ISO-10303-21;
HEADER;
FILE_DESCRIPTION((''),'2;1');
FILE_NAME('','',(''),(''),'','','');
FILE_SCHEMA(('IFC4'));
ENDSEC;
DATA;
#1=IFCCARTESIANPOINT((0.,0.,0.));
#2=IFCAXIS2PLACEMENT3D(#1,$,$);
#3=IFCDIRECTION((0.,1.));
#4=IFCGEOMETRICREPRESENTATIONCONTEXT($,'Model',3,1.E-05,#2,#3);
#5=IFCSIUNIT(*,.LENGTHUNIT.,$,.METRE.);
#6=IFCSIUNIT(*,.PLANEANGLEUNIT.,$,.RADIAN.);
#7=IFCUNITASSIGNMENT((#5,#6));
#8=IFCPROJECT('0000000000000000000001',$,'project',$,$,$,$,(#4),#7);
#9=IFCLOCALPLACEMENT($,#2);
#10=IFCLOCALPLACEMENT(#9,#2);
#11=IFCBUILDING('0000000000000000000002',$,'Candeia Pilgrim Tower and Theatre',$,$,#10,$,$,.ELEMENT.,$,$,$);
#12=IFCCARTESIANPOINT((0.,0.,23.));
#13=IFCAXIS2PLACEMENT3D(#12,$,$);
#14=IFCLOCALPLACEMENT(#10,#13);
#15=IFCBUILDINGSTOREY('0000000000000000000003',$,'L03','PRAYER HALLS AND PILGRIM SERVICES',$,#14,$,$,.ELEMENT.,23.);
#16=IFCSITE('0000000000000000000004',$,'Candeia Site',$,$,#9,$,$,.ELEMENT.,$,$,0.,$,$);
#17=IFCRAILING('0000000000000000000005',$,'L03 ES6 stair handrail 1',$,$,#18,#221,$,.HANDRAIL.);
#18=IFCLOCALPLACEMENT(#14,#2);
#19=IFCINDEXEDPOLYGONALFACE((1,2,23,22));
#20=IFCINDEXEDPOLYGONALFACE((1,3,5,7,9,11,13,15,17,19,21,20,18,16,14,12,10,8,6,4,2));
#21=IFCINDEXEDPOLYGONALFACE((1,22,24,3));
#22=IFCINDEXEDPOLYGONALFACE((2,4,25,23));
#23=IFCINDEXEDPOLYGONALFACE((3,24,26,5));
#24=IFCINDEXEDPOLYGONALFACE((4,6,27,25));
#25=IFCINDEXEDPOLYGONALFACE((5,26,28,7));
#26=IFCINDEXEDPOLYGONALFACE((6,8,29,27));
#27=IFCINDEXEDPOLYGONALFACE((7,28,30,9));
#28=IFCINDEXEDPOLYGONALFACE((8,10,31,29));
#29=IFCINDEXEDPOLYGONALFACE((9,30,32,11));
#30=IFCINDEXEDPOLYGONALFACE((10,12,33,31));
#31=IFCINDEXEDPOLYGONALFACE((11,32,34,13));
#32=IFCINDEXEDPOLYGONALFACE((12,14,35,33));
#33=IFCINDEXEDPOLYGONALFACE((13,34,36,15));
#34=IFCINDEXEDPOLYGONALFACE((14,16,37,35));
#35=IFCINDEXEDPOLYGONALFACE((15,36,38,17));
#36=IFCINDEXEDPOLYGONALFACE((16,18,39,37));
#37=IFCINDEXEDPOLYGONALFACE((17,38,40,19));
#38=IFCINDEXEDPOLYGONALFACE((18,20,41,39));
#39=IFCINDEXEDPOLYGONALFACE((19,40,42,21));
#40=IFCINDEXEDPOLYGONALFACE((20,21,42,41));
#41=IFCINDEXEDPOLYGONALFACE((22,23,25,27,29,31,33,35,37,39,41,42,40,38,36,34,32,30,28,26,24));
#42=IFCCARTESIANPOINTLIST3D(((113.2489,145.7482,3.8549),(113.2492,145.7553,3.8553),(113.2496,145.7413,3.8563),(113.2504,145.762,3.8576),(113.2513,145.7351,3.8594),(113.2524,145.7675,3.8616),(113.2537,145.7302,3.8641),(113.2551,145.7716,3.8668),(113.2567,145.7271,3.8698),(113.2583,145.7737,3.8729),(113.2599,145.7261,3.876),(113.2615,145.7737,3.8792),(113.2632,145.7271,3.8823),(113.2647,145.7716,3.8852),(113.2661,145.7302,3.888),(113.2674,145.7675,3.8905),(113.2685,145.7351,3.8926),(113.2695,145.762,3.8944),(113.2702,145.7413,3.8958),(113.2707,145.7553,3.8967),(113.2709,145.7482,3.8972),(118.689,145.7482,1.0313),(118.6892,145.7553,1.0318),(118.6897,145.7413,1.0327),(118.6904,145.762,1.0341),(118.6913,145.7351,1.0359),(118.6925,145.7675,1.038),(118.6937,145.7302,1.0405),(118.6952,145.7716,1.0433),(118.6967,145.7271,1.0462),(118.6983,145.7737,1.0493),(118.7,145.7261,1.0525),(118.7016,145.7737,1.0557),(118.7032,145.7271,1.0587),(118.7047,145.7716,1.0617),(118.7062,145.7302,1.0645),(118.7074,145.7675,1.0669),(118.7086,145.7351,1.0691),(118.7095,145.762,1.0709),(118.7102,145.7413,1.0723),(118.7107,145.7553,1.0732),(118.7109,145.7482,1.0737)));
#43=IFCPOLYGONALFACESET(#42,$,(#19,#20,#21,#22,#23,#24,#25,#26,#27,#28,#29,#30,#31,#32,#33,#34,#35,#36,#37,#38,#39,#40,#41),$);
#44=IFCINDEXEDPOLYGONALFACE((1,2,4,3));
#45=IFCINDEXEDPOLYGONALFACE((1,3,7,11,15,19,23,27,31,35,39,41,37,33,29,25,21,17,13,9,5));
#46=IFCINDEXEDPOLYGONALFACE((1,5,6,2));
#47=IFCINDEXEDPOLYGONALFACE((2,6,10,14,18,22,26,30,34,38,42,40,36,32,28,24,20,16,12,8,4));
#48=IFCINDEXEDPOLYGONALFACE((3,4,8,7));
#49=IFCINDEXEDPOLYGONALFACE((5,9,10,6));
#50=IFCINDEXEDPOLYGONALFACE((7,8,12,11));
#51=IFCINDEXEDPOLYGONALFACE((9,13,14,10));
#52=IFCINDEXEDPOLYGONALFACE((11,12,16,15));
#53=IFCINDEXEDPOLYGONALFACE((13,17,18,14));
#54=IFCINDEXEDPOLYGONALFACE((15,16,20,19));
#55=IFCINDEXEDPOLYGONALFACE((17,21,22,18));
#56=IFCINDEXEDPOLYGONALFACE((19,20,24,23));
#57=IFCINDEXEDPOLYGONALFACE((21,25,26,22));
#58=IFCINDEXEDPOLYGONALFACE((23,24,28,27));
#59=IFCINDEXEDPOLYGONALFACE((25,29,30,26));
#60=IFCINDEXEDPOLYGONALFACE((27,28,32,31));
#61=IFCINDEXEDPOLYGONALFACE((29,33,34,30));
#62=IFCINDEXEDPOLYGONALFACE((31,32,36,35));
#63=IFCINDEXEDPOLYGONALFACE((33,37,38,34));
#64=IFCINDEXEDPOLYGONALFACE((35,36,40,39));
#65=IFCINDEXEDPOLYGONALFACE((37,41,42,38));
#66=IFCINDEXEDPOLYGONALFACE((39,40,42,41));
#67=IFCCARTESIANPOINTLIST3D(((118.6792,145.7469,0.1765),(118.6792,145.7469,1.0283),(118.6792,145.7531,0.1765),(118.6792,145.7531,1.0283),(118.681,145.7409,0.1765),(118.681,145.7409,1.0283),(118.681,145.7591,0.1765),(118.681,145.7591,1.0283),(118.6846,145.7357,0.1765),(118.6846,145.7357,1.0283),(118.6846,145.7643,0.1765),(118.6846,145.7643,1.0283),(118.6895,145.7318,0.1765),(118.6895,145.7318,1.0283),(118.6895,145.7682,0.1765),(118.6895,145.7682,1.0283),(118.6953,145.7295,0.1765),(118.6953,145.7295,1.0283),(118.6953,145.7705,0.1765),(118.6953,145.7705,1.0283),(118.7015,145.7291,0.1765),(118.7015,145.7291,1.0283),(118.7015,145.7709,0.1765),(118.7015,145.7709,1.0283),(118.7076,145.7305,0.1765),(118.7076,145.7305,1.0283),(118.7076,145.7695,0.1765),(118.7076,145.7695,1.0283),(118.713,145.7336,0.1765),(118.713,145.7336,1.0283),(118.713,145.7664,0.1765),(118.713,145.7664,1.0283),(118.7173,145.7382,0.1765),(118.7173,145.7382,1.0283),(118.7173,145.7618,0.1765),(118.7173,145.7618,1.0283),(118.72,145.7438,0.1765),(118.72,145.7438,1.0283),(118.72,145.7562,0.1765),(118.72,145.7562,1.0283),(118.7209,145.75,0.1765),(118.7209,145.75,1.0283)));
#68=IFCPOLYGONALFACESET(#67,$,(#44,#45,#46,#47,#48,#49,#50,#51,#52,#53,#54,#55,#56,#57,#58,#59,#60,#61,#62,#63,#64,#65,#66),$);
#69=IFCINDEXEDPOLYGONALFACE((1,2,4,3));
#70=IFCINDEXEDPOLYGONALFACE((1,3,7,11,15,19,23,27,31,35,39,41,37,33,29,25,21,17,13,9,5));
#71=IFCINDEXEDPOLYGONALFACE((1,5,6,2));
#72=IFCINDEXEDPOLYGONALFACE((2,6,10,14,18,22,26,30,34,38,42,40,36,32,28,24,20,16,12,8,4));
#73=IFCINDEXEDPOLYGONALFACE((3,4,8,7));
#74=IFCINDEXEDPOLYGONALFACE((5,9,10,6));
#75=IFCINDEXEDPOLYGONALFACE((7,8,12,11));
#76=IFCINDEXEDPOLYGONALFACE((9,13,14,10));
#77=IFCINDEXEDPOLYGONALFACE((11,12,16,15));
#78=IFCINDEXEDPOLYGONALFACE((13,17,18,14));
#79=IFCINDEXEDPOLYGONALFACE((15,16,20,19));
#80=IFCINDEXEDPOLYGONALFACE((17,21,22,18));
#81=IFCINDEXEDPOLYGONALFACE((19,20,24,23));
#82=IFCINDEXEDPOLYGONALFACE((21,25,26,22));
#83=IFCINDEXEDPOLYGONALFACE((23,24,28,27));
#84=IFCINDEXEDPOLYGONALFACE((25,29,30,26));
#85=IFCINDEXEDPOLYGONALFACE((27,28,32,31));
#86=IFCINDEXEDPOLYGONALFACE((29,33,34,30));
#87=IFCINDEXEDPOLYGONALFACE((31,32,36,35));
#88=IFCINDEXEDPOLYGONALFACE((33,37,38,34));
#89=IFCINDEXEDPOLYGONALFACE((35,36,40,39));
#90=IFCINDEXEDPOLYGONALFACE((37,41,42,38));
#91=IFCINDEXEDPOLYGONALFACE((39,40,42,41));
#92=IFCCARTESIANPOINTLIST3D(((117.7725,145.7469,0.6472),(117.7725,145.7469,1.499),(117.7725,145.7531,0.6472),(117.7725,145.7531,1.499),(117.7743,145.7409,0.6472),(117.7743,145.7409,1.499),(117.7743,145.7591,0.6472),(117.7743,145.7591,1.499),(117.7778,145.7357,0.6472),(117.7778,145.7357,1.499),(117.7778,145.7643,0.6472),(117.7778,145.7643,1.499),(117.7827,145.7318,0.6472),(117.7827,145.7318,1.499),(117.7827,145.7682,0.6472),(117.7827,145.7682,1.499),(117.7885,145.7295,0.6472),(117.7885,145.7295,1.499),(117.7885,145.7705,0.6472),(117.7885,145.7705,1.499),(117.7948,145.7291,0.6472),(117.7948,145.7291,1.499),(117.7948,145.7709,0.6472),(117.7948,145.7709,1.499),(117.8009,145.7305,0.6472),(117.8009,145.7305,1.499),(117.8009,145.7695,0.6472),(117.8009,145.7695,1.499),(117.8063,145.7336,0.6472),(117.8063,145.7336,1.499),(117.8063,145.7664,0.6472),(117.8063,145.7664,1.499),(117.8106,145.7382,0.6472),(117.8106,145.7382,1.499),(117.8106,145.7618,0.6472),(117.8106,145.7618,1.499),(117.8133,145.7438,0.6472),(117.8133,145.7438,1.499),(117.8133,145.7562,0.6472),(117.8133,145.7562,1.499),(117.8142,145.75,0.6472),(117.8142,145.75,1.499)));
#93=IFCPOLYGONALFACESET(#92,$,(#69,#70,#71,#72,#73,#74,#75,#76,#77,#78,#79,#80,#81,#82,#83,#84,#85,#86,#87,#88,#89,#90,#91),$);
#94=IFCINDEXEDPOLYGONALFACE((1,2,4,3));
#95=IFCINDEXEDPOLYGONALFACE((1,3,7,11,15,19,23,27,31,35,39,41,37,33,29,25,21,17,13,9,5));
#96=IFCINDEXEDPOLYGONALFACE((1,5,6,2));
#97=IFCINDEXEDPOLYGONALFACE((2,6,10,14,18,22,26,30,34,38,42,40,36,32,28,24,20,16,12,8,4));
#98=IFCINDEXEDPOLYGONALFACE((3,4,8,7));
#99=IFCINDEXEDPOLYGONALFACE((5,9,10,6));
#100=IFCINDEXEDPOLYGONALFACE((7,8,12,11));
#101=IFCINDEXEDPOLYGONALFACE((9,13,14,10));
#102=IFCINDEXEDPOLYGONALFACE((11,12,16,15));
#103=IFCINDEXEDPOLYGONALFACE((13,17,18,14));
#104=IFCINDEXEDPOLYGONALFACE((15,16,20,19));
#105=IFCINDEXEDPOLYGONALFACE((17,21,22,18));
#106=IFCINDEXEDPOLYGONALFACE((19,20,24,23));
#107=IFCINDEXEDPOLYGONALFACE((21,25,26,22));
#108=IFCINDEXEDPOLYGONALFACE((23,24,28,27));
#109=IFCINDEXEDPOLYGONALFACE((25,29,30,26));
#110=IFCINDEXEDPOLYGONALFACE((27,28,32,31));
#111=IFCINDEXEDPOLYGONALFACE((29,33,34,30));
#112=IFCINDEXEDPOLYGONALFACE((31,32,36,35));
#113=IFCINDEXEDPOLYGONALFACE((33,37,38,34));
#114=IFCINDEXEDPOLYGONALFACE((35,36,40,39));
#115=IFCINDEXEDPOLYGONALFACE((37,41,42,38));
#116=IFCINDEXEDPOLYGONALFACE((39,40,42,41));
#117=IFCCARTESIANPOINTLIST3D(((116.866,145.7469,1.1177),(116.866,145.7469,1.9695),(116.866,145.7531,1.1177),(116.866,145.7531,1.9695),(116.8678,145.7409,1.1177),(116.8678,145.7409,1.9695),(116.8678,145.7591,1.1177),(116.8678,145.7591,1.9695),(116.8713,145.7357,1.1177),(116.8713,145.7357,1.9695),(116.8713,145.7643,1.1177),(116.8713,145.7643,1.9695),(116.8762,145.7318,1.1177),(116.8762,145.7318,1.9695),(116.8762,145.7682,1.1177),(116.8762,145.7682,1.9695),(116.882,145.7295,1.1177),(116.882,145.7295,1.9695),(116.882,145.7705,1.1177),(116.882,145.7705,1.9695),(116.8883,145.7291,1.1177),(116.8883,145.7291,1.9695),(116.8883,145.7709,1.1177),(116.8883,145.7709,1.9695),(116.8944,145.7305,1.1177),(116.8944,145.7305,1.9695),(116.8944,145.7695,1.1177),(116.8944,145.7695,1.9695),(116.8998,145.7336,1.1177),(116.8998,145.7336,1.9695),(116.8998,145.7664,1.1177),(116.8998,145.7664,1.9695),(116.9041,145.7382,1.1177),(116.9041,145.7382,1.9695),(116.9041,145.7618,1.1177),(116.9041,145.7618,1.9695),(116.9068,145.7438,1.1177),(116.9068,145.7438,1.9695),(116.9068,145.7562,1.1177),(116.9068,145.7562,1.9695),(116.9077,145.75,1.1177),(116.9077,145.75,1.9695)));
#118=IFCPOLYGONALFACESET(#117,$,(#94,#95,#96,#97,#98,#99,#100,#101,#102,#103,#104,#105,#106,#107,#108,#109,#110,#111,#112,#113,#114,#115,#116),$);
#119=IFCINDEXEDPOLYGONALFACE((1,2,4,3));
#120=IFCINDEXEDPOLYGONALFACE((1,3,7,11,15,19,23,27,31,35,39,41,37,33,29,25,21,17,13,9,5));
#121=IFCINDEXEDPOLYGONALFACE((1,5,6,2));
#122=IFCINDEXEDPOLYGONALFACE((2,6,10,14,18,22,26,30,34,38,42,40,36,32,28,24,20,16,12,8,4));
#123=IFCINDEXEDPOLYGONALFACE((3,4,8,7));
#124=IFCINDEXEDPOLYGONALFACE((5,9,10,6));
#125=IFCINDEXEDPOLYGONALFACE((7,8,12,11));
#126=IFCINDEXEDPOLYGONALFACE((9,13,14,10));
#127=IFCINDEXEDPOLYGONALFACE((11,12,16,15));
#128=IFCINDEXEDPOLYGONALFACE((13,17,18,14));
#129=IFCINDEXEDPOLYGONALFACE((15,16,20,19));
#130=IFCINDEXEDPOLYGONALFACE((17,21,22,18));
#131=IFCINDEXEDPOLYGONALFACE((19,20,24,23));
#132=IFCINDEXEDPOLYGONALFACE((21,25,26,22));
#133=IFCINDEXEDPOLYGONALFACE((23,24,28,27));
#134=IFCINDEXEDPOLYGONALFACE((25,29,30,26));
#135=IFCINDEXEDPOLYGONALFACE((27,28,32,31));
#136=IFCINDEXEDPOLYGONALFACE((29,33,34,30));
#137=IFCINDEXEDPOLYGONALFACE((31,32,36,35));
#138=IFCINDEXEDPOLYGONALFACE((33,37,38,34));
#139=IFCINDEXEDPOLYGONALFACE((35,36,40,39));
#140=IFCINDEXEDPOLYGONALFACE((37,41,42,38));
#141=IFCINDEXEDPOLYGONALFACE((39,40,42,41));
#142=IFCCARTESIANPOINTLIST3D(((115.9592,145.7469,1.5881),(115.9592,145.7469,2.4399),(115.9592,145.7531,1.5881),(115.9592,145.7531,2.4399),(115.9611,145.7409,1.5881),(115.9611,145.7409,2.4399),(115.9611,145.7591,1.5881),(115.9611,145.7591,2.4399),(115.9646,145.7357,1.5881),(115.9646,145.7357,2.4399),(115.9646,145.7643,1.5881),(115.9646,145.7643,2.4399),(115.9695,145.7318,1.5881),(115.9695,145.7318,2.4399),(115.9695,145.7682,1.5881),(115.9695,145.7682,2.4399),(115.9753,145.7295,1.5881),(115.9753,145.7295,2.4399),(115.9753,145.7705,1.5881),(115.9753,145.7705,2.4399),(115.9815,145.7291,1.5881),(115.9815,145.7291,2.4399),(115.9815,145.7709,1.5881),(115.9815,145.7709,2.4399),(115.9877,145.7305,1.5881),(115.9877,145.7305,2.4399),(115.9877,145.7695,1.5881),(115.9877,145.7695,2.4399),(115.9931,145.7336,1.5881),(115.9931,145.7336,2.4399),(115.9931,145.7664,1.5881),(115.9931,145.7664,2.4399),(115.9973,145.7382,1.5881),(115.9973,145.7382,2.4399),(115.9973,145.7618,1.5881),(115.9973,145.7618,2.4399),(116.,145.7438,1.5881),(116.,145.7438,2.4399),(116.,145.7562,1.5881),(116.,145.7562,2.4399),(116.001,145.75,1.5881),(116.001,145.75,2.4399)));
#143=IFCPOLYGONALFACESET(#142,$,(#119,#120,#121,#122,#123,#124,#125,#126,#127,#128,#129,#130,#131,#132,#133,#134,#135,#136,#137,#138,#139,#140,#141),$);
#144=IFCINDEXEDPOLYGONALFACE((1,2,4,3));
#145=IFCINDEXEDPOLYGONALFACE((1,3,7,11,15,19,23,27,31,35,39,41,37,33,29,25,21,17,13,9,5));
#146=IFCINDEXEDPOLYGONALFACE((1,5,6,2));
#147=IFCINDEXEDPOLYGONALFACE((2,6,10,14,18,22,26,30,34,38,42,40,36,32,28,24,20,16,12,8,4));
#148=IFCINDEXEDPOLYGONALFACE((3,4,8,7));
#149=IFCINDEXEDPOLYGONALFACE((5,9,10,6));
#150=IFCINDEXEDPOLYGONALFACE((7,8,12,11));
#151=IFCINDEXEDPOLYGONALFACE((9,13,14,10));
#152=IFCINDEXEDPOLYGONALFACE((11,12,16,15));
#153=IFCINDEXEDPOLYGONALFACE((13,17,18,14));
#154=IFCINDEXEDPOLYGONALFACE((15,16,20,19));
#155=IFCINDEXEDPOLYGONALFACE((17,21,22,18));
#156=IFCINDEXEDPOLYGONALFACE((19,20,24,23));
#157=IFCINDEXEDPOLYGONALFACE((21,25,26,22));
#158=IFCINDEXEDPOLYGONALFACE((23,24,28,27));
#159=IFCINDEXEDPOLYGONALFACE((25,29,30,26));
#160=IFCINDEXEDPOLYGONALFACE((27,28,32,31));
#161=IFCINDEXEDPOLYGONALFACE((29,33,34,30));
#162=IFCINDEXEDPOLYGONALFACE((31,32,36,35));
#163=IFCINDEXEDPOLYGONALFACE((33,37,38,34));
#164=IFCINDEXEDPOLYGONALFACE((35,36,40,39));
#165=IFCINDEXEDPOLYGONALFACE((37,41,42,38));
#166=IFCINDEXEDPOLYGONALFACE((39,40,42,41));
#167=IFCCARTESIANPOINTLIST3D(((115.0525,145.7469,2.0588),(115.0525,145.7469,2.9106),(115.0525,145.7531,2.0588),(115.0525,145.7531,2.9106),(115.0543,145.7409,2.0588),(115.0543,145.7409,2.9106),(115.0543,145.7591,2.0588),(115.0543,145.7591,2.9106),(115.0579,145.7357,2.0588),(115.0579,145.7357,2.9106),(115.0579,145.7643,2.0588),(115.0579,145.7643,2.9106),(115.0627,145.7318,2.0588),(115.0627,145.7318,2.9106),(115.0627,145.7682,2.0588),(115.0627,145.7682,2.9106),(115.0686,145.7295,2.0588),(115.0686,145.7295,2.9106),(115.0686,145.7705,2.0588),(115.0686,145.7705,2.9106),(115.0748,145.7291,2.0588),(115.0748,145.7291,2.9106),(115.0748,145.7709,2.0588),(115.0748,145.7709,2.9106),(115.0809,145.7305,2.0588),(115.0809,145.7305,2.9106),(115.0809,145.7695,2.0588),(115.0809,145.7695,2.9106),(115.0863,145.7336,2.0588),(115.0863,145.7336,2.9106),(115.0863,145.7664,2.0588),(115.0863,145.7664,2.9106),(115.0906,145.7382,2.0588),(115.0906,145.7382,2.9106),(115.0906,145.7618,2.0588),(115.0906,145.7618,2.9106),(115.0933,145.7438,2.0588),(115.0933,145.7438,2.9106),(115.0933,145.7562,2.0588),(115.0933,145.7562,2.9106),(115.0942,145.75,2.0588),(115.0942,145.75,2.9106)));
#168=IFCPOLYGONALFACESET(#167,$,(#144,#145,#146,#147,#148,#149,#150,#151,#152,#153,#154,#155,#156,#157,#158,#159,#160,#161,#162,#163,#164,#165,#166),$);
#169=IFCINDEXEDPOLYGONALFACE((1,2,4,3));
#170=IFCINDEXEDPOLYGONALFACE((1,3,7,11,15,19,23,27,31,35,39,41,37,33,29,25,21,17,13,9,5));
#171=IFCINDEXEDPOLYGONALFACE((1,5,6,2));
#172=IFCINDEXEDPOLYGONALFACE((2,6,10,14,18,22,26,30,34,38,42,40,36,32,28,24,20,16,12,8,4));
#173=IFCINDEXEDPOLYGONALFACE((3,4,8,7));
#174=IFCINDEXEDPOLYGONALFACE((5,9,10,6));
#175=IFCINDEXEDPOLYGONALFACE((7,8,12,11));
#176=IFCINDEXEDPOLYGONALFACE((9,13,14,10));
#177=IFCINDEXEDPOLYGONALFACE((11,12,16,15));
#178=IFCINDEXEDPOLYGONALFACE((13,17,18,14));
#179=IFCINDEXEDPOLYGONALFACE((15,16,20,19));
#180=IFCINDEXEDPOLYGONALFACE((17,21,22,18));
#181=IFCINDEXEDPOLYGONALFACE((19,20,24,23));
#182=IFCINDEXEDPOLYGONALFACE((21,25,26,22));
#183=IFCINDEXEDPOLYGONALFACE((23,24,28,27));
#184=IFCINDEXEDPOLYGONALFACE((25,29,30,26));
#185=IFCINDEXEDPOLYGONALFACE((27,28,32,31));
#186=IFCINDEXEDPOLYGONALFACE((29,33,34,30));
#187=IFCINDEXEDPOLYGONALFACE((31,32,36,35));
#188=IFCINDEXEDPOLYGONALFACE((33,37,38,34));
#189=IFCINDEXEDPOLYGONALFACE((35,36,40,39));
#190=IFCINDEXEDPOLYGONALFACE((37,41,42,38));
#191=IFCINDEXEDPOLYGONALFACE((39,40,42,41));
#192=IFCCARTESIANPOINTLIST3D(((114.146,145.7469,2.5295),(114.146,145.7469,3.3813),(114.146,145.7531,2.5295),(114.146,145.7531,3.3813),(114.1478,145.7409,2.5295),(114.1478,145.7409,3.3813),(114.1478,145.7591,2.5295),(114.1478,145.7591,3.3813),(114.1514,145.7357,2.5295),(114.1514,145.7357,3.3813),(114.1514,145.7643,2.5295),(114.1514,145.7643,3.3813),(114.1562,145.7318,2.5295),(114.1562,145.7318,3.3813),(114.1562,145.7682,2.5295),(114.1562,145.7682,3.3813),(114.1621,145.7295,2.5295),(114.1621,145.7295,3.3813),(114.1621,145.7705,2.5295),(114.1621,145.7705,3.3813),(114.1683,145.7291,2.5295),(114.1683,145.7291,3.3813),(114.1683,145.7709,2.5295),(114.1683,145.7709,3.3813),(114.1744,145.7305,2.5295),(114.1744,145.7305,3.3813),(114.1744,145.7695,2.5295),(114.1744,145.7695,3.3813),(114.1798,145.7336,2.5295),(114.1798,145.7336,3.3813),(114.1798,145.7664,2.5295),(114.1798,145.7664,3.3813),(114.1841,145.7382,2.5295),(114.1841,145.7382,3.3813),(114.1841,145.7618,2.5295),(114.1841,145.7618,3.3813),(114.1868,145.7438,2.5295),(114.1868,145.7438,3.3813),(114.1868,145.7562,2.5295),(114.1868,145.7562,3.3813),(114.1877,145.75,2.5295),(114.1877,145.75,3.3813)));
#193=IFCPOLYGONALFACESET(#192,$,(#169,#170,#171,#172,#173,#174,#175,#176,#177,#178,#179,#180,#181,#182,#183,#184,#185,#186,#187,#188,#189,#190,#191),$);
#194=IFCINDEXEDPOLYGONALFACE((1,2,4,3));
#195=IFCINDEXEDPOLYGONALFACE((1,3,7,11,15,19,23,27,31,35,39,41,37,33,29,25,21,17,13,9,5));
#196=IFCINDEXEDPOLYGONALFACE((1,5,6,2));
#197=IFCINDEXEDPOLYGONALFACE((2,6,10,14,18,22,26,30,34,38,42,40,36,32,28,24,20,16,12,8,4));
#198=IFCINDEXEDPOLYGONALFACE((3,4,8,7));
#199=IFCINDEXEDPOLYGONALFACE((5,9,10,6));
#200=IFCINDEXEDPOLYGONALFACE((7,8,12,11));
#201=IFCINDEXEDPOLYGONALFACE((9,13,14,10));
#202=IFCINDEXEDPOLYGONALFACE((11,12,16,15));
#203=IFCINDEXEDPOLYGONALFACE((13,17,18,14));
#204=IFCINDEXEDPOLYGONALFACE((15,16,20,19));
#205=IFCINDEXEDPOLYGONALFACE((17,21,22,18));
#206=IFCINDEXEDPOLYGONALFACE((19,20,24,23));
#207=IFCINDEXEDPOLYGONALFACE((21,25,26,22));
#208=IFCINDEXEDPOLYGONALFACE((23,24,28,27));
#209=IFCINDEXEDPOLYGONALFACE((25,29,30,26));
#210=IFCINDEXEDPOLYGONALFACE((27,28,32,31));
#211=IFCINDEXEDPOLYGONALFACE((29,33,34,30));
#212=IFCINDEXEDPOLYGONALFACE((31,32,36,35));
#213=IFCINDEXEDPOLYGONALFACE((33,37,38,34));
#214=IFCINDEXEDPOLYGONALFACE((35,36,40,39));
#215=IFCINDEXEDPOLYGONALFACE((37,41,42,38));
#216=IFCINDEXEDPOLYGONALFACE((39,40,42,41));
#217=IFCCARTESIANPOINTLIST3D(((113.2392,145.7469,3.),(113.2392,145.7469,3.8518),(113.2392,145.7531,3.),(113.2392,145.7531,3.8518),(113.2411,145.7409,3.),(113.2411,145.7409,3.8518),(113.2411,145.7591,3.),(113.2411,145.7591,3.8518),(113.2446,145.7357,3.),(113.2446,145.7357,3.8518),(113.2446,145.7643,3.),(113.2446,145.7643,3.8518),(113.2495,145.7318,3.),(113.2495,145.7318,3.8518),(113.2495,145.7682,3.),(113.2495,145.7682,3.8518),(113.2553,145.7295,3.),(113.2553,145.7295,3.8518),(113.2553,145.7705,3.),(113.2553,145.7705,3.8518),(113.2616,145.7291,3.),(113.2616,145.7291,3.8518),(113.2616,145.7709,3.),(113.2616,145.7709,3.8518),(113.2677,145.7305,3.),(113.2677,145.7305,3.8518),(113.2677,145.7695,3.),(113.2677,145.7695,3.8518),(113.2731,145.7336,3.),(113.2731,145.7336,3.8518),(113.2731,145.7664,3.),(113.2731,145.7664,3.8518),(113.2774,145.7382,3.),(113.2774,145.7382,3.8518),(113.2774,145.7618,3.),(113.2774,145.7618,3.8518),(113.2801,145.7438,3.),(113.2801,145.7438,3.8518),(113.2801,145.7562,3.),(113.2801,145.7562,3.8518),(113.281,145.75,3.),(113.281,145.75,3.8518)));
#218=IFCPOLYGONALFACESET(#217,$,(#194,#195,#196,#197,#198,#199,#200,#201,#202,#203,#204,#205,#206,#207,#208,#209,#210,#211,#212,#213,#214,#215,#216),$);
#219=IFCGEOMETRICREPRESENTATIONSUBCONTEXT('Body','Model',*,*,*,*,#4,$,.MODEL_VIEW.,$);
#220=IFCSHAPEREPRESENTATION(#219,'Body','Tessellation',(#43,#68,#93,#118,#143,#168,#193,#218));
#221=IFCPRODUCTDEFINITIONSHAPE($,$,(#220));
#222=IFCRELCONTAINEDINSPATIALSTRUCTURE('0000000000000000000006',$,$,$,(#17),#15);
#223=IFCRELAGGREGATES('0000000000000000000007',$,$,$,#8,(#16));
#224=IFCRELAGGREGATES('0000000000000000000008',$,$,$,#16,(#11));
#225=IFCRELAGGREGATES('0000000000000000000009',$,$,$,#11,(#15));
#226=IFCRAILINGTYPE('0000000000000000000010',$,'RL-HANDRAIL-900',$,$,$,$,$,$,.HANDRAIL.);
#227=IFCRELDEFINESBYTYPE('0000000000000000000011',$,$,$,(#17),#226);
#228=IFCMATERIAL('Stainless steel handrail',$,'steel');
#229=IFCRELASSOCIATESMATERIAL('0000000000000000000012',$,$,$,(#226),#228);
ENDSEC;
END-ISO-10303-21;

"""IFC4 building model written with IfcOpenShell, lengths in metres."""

from ifc_helpers import new_model, si_unit, direction, frame, origin, origin_2d, place, context, subcontext, project, spatial, circle, extrude, material, type_object, element, save


model = new_model("IFC4")

# Units and contexts
model_context = context("Model", 3, precision=1e-05, world=origin(), true_north=direction((0.0, 1.0)))
body_context = subcontext(model_context, "Body", "Model", "MODEL_VIEW")
ifc_project = project(units=[si_unit("LENGTHUNIT", "METRE"), si_unit("PLANEANGLEUNIT", "RADIAN")], contexts=[model_context])

# Site, building, storey
site_placement = place(None, origin())
site = spatial("IfcSite", under=ifc_project, at=site_placement, Name="Candeia Site", CompositionType="ELEMENT", RefElevation=0.0)
building_placement = place(site_placement, origin())
building = spatial("IfcBuilding", under=site, at=building_placement, Name="Candeia Pilgrim Tower and Theatre", CompositionType="ELEMENT")
storey_placement = place(building_placement, frame((0.0, 0.0, 23.0)))
storey = spatial("IfcBuildingStorey", under=building, at=storey_placement, Name="L03", Description="PRAYER HALLS AND PILGRIM SERVICES", CompositionType="ELEMENT", Elevation=23.0)

# Railing
ifc_material_1 = material(Name="Stainless steel handrail", Category="steel")
railing_type_1 = type_object("IfcRailingType", Name="RL-HANDRAIL-900", PredefinedType="HANDRAIL", material=ifc_material_1)
railing_1_placement = place(storey_placement, frame((118.7, 145.75, 0.1765)))
element("IfcRailing", 1, at=railing_1_placement, inside=storey, type_object=railing_type_1, Name="L03 ES6 stair handrail 1", PredefinedType="HANDRAIL", context=body_context, shape_type="SweptSolid", body=[
    extrude(circle(Radius=0.0239, at=origin_2d()), frame((0.0, 0.0, 0.876), z_axis=(-0.887569, 0.0, 0.460674), x_axis=(0.0, -1.0, 0.0)), (0.0, 0.0, 1.0), 6.1292),
    extrude(circle(Radius=0.021, at=origin_2d()), origin(), (0.0, 0.0, 1.0), 0.8518),
    extrude(circle(Radius=0.021, at=origin_2d()), frame((-0.9067, 0.0, 0.4707)), (0.0, 0.0, 1.0), 0.8518),
    extrude(circle(Radius=0.021, at=origin_2d()), frame((-1.8132, 0.0, 0.9412)), (0.0, 0.0, 1.0), 0.8518),
    extrude(circle(Radius=0.021, at=origin_2d()), frame((-2.72, 0.0, 1.4116)), (0.0, 0.0, 1.0), 0.8518),
    extrude(circle(Radius=0.021, at=origin_2d()), frame((-3.6267, 0.0, 1.8823)), (0.0, 0.0, 1.0), 0.8518),
    extrude(circle(Radius=0.021, at=origin_2d()), frame((-4.5332, 0.0, 2.353)), (0.0, 0.0, 1.0), 0.8518),
    extrude(circle(Radius=0.021, at=origin_2d()), frame((-5.4399, 0.0, 2.8235)), (0.0, 0.0, 1.0), 0.8518),
])

save(model, "model.ifc")
